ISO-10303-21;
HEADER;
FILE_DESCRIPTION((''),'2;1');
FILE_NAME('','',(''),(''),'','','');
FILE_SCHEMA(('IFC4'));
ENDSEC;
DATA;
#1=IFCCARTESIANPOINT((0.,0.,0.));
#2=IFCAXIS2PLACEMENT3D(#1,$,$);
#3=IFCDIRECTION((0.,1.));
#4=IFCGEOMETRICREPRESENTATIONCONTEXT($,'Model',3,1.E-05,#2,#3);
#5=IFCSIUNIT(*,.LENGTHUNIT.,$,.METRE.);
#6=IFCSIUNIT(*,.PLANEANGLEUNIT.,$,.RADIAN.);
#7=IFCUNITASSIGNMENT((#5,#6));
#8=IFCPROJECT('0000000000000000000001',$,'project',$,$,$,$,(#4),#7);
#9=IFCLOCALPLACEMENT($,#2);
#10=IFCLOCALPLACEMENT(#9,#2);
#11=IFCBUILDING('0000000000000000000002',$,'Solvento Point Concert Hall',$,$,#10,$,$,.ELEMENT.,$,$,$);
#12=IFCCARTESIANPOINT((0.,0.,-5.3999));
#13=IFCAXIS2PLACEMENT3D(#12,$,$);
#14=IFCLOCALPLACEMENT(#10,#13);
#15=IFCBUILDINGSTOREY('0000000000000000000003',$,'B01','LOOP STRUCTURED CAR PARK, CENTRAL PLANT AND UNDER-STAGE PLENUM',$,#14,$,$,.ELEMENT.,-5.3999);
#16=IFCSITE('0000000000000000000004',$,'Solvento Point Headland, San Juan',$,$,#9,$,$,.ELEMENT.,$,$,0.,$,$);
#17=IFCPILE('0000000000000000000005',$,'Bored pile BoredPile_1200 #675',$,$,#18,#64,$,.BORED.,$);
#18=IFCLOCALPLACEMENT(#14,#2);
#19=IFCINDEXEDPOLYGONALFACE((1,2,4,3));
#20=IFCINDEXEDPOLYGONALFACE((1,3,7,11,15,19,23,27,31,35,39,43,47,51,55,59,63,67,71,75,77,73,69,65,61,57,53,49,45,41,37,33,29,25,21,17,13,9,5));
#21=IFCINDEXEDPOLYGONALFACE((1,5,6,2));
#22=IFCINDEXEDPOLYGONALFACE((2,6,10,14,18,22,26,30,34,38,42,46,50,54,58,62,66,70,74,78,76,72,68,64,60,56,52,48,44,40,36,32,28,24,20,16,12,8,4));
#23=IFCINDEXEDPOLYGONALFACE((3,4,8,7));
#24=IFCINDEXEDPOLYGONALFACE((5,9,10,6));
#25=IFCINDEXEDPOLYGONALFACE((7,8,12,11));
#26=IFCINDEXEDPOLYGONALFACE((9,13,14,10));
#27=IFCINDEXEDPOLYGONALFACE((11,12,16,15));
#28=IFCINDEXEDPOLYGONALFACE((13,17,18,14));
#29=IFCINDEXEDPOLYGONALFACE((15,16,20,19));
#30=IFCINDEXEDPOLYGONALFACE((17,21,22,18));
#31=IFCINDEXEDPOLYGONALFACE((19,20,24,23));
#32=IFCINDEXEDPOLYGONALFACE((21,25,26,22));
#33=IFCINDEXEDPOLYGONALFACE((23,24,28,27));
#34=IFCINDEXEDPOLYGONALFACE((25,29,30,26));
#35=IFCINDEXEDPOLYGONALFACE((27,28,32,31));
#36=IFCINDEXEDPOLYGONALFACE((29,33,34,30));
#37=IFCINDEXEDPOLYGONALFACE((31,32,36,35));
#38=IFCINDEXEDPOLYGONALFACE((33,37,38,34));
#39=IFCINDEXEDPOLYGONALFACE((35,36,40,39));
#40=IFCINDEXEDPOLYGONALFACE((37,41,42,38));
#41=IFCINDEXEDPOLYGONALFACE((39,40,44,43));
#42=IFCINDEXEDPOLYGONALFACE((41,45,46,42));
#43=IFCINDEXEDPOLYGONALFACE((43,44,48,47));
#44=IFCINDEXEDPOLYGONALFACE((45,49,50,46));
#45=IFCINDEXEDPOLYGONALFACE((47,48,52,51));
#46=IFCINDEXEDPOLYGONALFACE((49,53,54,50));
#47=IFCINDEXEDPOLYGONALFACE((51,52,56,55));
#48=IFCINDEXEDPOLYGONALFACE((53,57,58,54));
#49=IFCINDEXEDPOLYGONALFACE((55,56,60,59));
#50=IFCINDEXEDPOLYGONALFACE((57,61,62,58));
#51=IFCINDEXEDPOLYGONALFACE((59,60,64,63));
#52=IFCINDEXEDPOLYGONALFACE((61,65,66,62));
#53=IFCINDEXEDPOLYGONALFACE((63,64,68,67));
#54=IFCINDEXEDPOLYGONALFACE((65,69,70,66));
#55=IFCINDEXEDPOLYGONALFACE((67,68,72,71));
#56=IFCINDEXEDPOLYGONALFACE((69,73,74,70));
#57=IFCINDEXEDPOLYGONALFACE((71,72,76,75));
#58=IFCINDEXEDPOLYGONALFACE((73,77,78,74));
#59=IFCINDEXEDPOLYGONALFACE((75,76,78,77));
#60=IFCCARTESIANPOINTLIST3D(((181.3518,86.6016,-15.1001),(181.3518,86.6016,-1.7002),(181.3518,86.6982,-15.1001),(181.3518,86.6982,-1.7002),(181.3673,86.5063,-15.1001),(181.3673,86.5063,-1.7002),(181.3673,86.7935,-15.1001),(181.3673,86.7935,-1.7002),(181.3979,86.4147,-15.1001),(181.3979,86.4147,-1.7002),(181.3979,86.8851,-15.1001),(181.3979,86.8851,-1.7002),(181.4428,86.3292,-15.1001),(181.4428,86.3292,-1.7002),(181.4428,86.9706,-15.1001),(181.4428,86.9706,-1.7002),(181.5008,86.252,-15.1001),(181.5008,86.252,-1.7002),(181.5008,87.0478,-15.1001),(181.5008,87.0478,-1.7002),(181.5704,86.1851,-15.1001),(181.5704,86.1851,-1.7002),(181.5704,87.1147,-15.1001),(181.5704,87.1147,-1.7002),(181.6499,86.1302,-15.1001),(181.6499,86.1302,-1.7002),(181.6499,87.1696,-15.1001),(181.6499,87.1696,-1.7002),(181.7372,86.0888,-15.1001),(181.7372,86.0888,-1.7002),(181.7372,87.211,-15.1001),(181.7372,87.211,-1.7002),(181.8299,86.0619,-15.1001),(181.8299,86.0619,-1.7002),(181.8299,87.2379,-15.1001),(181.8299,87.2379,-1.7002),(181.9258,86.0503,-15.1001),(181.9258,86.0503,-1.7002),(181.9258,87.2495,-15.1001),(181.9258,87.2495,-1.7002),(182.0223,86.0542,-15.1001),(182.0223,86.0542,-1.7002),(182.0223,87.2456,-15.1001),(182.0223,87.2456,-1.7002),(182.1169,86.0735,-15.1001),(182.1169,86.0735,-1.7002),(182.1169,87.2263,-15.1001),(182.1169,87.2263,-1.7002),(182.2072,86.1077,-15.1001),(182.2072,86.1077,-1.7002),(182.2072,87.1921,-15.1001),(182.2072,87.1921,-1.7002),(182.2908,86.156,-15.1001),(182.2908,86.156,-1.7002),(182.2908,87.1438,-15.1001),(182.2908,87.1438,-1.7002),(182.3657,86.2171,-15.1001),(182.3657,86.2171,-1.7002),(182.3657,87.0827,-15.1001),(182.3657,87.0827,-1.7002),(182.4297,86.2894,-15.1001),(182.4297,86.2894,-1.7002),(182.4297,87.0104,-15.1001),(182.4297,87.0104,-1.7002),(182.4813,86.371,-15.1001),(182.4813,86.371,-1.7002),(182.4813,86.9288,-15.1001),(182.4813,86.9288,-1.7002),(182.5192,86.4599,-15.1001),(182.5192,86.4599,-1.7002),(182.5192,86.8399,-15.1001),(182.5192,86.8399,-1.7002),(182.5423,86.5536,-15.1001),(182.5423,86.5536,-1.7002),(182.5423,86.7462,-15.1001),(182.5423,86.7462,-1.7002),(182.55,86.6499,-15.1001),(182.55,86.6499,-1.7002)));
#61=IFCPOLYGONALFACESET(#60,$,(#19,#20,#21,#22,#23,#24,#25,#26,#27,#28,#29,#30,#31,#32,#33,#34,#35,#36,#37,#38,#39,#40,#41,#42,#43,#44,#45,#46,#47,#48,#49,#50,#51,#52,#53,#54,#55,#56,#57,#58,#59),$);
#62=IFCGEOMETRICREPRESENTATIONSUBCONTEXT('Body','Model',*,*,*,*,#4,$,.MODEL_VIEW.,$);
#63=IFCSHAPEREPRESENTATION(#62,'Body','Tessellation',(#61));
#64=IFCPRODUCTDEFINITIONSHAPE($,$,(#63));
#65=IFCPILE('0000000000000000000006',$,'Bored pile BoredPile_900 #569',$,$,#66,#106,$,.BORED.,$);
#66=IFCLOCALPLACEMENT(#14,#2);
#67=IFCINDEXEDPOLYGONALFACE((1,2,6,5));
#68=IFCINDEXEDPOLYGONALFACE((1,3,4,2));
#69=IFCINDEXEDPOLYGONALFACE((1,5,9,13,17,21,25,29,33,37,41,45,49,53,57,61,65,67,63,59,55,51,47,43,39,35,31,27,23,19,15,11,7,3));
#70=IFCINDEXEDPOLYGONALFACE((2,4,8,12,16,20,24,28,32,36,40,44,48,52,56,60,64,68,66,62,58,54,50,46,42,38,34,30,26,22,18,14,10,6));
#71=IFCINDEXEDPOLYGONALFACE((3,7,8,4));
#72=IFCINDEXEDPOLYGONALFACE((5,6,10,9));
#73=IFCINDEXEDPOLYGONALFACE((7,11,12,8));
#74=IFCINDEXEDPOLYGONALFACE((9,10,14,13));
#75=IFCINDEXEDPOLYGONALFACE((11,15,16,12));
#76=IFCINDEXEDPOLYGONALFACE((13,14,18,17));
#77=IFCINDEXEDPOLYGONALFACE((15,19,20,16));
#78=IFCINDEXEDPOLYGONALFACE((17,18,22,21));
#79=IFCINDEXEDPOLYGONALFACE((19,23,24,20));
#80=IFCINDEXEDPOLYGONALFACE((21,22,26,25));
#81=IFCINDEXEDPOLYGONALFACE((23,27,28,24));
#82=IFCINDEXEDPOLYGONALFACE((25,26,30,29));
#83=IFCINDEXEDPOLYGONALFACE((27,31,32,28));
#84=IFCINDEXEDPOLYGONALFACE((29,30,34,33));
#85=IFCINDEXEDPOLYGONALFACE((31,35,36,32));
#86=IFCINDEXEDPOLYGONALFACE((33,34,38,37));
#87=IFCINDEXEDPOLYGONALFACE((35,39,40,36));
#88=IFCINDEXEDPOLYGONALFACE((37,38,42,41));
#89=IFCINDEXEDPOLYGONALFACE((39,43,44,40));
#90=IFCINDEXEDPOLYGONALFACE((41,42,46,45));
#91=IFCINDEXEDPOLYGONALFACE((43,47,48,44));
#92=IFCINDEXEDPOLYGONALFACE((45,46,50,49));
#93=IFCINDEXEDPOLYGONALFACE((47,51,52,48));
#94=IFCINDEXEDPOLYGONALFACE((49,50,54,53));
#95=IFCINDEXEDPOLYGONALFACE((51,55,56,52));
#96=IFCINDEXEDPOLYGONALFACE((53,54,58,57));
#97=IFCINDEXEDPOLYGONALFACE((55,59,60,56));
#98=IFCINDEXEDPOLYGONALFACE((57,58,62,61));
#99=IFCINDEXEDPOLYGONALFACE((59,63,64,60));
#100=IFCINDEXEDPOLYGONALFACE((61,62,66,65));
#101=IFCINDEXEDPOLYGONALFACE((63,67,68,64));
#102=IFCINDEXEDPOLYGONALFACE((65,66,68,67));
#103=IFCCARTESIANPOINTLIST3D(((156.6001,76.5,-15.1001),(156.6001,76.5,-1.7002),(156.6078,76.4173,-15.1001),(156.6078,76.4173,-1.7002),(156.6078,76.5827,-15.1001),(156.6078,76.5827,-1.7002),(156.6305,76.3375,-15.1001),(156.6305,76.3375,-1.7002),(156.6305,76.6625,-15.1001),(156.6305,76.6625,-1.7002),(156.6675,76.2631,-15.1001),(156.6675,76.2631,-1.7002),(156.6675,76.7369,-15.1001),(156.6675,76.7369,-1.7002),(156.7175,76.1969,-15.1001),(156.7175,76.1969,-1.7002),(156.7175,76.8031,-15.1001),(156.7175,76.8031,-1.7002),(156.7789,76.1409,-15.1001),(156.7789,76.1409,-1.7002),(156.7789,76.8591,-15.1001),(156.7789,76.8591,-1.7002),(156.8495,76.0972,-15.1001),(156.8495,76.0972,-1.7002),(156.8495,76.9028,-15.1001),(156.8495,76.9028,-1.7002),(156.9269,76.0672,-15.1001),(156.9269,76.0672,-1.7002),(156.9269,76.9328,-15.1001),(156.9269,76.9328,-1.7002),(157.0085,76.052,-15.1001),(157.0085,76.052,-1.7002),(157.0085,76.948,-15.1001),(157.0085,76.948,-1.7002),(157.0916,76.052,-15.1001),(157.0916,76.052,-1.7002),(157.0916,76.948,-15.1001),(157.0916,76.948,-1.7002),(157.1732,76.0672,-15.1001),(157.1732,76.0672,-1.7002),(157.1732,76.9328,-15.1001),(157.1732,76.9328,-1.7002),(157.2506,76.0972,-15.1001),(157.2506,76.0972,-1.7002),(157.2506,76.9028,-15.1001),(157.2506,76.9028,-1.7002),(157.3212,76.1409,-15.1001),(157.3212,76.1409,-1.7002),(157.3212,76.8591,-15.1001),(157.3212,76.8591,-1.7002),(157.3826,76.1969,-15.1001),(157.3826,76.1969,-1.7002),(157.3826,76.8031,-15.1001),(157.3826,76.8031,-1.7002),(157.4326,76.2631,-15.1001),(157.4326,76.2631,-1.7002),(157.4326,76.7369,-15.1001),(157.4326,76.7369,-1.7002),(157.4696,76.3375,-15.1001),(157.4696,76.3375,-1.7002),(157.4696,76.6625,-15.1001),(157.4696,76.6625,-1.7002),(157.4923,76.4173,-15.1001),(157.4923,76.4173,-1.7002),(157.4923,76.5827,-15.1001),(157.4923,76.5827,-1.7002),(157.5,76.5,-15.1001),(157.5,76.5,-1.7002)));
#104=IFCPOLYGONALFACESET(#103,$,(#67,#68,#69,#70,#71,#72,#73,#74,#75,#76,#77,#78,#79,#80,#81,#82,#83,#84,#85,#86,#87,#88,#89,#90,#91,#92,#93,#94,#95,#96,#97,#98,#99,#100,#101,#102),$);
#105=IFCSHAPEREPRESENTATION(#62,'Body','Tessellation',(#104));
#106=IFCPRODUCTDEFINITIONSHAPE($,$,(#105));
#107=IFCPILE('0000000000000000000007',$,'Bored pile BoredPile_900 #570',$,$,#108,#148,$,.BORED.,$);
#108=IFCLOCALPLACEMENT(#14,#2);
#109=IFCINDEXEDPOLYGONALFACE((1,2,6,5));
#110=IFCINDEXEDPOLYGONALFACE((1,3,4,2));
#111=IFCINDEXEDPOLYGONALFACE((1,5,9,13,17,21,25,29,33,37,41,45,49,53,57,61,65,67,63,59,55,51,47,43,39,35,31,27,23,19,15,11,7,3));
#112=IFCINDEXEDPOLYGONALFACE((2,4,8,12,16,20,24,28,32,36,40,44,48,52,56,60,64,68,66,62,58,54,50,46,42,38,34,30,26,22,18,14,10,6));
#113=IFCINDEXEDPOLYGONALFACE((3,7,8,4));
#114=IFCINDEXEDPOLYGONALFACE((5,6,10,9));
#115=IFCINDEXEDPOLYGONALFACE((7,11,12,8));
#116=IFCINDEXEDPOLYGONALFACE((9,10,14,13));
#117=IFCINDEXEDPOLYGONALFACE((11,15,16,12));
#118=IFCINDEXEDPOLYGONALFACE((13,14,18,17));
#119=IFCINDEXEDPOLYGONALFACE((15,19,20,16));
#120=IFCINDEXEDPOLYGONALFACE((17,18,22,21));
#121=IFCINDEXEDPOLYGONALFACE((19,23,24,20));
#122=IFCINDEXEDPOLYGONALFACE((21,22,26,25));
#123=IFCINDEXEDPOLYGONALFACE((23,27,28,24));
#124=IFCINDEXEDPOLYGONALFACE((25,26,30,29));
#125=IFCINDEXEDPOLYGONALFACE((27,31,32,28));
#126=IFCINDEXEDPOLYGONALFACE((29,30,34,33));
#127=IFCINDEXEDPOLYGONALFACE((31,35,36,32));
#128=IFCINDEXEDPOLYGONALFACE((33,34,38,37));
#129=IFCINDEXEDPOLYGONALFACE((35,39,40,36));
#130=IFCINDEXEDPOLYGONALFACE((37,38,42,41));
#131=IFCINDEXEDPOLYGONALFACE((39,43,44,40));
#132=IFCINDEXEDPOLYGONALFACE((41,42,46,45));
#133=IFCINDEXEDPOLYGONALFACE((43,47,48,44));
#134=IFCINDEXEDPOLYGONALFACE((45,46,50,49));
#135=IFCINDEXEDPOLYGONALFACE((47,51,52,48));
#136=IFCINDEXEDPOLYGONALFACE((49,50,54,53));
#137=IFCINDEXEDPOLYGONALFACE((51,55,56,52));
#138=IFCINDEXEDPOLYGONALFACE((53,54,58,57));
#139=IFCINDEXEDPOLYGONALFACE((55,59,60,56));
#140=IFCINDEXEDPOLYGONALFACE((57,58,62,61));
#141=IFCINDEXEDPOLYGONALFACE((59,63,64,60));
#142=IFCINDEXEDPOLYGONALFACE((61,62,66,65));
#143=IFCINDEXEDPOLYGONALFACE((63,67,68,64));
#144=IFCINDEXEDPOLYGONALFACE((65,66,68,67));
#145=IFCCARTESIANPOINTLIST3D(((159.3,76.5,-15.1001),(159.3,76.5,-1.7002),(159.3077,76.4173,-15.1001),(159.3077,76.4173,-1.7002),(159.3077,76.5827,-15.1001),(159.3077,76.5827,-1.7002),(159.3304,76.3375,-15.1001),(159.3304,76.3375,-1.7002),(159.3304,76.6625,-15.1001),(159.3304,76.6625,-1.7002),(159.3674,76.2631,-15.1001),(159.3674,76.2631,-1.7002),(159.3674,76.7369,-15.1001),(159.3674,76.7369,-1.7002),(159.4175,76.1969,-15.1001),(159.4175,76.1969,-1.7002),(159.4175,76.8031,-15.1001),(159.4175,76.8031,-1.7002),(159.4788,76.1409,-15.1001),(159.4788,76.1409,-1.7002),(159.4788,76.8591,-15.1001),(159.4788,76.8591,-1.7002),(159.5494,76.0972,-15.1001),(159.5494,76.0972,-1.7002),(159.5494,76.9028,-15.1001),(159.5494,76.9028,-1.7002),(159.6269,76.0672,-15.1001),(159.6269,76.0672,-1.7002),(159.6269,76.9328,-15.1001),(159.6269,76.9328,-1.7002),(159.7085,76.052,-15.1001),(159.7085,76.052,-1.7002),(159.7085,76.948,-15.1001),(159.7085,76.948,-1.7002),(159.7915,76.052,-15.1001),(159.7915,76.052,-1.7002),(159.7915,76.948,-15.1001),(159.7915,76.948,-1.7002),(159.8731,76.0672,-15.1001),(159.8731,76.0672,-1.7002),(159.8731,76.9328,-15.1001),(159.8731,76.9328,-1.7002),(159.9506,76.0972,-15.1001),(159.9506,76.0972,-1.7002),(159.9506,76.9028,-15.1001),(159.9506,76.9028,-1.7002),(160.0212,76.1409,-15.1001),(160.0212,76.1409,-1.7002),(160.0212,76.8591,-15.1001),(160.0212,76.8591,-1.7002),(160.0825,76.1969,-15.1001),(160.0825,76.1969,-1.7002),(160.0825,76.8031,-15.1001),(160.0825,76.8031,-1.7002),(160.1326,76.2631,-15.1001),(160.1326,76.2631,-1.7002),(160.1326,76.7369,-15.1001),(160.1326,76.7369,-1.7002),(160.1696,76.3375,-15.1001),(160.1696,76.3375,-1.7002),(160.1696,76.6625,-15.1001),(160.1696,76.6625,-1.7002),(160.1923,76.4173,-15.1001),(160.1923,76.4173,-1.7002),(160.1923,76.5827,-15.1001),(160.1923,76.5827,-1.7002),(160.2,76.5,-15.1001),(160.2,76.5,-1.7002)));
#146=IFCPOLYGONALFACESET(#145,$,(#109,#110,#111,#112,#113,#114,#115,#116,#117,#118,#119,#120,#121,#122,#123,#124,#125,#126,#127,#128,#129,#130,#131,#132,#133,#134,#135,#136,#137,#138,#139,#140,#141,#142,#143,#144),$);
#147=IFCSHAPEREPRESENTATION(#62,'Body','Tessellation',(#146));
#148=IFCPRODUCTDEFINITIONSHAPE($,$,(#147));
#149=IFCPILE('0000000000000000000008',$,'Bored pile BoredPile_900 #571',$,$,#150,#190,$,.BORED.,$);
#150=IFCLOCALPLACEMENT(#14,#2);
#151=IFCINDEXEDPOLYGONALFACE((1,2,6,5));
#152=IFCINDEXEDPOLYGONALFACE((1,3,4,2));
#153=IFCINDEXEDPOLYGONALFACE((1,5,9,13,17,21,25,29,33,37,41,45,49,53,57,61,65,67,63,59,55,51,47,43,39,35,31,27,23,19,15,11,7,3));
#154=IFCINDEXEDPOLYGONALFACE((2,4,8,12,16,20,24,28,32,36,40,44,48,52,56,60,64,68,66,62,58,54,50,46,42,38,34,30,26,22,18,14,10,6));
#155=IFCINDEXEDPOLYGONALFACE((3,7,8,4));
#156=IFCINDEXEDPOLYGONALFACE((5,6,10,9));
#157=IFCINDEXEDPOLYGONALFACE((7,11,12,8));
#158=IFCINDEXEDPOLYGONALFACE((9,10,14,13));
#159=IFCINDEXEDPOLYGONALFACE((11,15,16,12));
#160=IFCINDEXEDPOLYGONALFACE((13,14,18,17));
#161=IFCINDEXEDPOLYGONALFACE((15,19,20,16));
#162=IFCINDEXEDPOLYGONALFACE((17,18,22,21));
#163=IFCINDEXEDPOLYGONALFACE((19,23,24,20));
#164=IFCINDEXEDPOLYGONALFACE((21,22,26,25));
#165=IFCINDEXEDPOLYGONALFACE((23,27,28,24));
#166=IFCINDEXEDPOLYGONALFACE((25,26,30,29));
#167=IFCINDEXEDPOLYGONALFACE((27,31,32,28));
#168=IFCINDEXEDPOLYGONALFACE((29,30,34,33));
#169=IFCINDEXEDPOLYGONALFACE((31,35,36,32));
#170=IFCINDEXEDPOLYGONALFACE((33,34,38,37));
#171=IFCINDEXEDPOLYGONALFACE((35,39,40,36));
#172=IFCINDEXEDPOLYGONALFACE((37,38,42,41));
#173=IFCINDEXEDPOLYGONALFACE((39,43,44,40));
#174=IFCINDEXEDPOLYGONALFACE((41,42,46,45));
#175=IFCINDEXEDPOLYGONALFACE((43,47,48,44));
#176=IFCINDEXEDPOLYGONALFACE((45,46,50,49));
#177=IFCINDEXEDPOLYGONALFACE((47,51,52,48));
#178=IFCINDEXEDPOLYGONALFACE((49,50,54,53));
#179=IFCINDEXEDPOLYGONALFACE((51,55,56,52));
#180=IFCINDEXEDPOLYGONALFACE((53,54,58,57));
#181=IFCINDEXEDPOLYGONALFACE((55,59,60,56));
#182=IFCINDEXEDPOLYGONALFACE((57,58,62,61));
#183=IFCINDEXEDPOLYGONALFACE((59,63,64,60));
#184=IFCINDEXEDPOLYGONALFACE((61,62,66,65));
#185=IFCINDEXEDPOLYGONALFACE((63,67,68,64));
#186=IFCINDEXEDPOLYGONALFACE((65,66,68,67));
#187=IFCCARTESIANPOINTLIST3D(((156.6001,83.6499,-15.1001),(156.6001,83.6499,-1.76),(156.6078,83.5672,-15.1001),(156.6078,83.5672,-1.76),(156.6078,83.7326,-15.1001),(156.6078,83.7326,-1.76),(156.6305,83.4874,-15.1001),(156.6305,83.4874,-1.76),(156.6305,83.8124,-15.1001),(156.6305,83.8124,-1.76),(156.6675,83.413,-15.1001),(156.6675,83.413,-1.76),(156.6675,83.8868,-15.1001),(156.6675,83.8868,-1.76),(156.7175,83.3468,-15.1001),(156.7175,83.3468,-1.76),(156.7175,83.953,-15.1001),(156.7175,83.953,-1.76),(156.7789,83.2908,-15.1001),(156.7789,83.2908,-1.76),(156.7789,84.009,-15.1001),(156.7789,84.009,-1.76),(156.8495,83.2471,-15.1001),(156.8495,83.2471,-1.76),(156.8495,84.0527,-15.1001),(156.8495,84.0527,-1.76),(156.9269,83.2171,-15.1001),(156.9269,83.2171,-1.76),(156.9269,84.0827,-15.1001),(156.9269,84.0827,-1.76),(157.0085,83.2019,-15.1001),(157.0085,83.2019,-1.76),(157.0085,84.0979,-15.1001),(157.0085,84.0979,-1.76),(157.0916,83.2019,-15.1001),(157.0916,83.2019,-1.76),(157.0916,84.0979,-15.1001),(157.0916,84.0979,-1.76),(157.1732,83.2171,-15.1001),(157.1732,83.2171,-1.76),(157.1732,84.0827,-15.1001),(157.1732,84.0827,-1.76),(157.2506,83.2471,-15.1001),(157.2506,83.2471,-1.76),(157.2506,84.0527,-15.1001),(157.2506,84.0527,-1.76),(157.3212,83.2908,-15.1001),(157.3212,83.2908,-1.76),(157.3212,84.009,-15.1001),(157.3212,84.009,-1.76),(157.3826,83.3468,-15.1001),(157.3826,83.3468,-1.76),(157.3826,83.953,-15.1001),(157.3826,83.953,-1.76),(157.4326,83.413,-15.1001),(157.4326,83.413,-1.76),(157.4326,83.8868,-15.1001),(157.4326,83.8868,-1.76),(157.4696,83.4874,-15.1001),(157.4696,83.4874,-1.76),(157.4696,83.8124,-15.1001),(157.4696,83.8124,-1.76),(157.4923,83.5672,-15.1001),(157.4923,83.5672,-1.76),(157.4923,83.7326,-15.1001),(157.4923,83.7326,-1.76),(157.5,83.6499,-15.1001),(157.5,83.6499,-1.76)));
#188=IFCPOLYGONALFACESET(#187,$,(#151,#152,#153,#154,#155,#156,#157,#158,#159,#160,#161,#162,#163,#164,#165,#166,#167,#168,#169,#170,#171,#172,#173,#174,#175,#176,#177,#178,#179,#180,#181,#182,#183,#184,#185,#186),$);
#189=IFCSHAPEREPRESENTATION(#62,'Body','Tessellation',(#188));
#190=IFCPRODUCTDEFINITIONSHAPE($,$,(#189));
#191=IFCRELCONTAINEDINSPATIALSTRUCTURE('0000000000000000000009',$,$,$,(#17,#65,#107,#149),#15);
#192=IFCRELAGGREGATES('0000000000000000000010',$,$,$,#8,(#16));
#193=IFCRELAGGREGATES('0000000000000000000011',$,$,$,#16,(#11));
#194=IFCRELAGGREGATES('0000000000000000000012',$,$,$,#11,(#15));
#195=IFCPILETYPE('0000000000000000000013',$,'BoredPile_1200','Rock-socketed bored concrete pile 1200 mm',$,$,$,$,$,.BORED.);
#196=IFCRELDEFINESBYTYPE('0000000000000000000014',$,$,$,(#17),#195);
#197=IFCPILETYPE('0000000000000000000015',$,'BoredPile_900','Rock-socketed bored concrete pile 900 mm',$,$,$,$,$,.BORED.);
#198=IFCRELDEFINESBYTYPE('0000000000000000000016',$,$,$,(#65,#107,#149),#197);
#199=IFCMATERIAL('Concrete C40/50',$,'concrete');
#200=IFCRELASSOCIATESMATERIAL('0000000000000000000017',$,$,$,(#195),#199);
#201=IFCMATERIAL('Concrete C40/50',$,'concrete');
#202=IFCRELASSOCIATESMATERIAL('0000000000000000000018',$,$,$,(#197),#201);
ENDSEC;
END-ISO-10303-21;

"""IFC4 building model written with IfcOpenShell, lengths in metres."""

from ifc_helpers import new_model, si_unit, direction, frame, origin, origin_2d, place, context, subcontext, project, spatial, circle, extrude, material, material_profile, profile_set, type_object, element, save


model = new_model("IFC4")

# Units and contexts
model_context = context("Model", 3, precision=1e-05, world=origin(), true_north=direction((0.0, 1.0)))
body_context = subcontext(model_context, "Body", "Model", "MODEL_VIEW")
ifc_project = project(units=[si_unit("LENGTHUNIT", "METRE"), si_unit("PLANEANGLEUNIT", "RADIAN")], contexts=[model_context])

# Site, building, storey
site_placement = place(None, origin())
site = spatial("IfcSite", under=ifc_project, at=site_placement, Name="Solvento Point Headland, San Juan", CompositionType="ELEMENT", RefElevation=0.0)
building_placement = place(site_placement, origin())
building = spatial("IfcBuilding", under=site, at=building_placement, Name="Solvento Point Concert Hall", CompositionType="ELEMENT")
storey_placement = place(building_placement, frame((0.0, 0.0, -5.3999)))
storey = spatial("IfcBuildingStorey", under=building, at=storey_placement, Name="B01", Description="LOOP STRUCTURED CAR PARK, CENTRAL PLANT AND UNDER-STAGE PLENUM", CompositionType="ELEMENT", Elevation=-5.3999)

# Piles
ifc_material_1 = material(Name="Concrete C40/50", Category="concrete")
ifc_material_profile_1 = material_profile(ifc_material_1, circle(Radius=0.6001, at=origin_2d()), Name="BP-1200")
ifc_profile_set_1 = profile_set([ifc_material_profile_1], Name="Concrete C40/50")
pile_type_1 = type_object("IfcPileType", Name="BoredPile_1200", Description="Rock-socketed bored concrete pile 1200 mm", PredefinedType="BORED", material=ifc_profile_set_1)
for number, where, z_axis, x_axis, name in (
    (1, (181.95, 86.6499, -1.7002), (0.0, 0.0, -1.0), (1.0, 0.0, 0.0), "Bored pile BoredPile_1200 #675"),
):
    element("IfcPile", number, at=place(storey_placement, frame(where, z_axis=z_axis, x_axis=x_axis)), inside=storey, type_object=pile_type_1, Name=name, PredefinedType="BORED", context=body_context, shape_type="SweptSolid", body=[
        extrude(circle(Radius=0.6001, at=origin_2d()), origin(), (0.0, 0.0, 1.0), 13.3999),
    ])
ifc_material_2 = material(Name="Concrete C40/50", Category="concrete")
ifc_material_profile_2 = material_profile(ifc_material_2, circle(Radius=0.45, at=origin_2d()), Name="BP-900")
ifc_profile_set_2 = profile_set([ifc_material_profile_2], Name="Concrete C40/50")
pile_type_2 = type_object("IfcPileType", Name="BoredPile_900", Description="Rock-socketed bored concrete pile 900 mm", PredefinedType="BORED", material=ifc_profile_set_2)
for number, where, z_axis, x_axis, name in (
    (2, (157.05, 76.5, -1.7002), (0.0, 0.0, -1.0), (1.0, 0.0, 0.0), "Bored pile BoredPile_900 #569"),
    (3, (159.75, 76.5, -1.7002), (0.0, 0.0, -1.0), (1.0, 0.0, 0.0), "Bored pile BoredPile_900 #570"),
):
    element("IfcPile", number, at=place(storey_placement, frame(where, z_axis=z_axis, x_axis=x_axis)), inside=storey, type_object=pile_type_2, Name=name, PredefinedType="BORED", context=body_context, shape_type="SweptSolid", body=[
        extrude(circle(Radius=0.45, at=origin_2d()), origin(), (0.0, 0.0, 1.0), 13.3999),
    ])
for number, where, z_axis, x_axis, name in (
    (4, (157.05, 83.6499, -1.76), (0.0, 0.0, -1.0), (1.0, 0.0, 0.0), "Bored pile BoredPile_900 #571"),
):
    element("IfcPile", number, at=place(storey_placement, frame(where, z_axis=z_axis, x_axis=x_axis)), inside=storey, type_object=pile_type_2, Name=name, PredefinedType="BORED", context=body_context, shape_type="SweptSolid", body=[
        extrude(circle(Radius=0.45, at=origin_2d()), origin(), (0.0, 0.0, 1.0), 13.3401),
    ])

save(model, "model.ifc")
